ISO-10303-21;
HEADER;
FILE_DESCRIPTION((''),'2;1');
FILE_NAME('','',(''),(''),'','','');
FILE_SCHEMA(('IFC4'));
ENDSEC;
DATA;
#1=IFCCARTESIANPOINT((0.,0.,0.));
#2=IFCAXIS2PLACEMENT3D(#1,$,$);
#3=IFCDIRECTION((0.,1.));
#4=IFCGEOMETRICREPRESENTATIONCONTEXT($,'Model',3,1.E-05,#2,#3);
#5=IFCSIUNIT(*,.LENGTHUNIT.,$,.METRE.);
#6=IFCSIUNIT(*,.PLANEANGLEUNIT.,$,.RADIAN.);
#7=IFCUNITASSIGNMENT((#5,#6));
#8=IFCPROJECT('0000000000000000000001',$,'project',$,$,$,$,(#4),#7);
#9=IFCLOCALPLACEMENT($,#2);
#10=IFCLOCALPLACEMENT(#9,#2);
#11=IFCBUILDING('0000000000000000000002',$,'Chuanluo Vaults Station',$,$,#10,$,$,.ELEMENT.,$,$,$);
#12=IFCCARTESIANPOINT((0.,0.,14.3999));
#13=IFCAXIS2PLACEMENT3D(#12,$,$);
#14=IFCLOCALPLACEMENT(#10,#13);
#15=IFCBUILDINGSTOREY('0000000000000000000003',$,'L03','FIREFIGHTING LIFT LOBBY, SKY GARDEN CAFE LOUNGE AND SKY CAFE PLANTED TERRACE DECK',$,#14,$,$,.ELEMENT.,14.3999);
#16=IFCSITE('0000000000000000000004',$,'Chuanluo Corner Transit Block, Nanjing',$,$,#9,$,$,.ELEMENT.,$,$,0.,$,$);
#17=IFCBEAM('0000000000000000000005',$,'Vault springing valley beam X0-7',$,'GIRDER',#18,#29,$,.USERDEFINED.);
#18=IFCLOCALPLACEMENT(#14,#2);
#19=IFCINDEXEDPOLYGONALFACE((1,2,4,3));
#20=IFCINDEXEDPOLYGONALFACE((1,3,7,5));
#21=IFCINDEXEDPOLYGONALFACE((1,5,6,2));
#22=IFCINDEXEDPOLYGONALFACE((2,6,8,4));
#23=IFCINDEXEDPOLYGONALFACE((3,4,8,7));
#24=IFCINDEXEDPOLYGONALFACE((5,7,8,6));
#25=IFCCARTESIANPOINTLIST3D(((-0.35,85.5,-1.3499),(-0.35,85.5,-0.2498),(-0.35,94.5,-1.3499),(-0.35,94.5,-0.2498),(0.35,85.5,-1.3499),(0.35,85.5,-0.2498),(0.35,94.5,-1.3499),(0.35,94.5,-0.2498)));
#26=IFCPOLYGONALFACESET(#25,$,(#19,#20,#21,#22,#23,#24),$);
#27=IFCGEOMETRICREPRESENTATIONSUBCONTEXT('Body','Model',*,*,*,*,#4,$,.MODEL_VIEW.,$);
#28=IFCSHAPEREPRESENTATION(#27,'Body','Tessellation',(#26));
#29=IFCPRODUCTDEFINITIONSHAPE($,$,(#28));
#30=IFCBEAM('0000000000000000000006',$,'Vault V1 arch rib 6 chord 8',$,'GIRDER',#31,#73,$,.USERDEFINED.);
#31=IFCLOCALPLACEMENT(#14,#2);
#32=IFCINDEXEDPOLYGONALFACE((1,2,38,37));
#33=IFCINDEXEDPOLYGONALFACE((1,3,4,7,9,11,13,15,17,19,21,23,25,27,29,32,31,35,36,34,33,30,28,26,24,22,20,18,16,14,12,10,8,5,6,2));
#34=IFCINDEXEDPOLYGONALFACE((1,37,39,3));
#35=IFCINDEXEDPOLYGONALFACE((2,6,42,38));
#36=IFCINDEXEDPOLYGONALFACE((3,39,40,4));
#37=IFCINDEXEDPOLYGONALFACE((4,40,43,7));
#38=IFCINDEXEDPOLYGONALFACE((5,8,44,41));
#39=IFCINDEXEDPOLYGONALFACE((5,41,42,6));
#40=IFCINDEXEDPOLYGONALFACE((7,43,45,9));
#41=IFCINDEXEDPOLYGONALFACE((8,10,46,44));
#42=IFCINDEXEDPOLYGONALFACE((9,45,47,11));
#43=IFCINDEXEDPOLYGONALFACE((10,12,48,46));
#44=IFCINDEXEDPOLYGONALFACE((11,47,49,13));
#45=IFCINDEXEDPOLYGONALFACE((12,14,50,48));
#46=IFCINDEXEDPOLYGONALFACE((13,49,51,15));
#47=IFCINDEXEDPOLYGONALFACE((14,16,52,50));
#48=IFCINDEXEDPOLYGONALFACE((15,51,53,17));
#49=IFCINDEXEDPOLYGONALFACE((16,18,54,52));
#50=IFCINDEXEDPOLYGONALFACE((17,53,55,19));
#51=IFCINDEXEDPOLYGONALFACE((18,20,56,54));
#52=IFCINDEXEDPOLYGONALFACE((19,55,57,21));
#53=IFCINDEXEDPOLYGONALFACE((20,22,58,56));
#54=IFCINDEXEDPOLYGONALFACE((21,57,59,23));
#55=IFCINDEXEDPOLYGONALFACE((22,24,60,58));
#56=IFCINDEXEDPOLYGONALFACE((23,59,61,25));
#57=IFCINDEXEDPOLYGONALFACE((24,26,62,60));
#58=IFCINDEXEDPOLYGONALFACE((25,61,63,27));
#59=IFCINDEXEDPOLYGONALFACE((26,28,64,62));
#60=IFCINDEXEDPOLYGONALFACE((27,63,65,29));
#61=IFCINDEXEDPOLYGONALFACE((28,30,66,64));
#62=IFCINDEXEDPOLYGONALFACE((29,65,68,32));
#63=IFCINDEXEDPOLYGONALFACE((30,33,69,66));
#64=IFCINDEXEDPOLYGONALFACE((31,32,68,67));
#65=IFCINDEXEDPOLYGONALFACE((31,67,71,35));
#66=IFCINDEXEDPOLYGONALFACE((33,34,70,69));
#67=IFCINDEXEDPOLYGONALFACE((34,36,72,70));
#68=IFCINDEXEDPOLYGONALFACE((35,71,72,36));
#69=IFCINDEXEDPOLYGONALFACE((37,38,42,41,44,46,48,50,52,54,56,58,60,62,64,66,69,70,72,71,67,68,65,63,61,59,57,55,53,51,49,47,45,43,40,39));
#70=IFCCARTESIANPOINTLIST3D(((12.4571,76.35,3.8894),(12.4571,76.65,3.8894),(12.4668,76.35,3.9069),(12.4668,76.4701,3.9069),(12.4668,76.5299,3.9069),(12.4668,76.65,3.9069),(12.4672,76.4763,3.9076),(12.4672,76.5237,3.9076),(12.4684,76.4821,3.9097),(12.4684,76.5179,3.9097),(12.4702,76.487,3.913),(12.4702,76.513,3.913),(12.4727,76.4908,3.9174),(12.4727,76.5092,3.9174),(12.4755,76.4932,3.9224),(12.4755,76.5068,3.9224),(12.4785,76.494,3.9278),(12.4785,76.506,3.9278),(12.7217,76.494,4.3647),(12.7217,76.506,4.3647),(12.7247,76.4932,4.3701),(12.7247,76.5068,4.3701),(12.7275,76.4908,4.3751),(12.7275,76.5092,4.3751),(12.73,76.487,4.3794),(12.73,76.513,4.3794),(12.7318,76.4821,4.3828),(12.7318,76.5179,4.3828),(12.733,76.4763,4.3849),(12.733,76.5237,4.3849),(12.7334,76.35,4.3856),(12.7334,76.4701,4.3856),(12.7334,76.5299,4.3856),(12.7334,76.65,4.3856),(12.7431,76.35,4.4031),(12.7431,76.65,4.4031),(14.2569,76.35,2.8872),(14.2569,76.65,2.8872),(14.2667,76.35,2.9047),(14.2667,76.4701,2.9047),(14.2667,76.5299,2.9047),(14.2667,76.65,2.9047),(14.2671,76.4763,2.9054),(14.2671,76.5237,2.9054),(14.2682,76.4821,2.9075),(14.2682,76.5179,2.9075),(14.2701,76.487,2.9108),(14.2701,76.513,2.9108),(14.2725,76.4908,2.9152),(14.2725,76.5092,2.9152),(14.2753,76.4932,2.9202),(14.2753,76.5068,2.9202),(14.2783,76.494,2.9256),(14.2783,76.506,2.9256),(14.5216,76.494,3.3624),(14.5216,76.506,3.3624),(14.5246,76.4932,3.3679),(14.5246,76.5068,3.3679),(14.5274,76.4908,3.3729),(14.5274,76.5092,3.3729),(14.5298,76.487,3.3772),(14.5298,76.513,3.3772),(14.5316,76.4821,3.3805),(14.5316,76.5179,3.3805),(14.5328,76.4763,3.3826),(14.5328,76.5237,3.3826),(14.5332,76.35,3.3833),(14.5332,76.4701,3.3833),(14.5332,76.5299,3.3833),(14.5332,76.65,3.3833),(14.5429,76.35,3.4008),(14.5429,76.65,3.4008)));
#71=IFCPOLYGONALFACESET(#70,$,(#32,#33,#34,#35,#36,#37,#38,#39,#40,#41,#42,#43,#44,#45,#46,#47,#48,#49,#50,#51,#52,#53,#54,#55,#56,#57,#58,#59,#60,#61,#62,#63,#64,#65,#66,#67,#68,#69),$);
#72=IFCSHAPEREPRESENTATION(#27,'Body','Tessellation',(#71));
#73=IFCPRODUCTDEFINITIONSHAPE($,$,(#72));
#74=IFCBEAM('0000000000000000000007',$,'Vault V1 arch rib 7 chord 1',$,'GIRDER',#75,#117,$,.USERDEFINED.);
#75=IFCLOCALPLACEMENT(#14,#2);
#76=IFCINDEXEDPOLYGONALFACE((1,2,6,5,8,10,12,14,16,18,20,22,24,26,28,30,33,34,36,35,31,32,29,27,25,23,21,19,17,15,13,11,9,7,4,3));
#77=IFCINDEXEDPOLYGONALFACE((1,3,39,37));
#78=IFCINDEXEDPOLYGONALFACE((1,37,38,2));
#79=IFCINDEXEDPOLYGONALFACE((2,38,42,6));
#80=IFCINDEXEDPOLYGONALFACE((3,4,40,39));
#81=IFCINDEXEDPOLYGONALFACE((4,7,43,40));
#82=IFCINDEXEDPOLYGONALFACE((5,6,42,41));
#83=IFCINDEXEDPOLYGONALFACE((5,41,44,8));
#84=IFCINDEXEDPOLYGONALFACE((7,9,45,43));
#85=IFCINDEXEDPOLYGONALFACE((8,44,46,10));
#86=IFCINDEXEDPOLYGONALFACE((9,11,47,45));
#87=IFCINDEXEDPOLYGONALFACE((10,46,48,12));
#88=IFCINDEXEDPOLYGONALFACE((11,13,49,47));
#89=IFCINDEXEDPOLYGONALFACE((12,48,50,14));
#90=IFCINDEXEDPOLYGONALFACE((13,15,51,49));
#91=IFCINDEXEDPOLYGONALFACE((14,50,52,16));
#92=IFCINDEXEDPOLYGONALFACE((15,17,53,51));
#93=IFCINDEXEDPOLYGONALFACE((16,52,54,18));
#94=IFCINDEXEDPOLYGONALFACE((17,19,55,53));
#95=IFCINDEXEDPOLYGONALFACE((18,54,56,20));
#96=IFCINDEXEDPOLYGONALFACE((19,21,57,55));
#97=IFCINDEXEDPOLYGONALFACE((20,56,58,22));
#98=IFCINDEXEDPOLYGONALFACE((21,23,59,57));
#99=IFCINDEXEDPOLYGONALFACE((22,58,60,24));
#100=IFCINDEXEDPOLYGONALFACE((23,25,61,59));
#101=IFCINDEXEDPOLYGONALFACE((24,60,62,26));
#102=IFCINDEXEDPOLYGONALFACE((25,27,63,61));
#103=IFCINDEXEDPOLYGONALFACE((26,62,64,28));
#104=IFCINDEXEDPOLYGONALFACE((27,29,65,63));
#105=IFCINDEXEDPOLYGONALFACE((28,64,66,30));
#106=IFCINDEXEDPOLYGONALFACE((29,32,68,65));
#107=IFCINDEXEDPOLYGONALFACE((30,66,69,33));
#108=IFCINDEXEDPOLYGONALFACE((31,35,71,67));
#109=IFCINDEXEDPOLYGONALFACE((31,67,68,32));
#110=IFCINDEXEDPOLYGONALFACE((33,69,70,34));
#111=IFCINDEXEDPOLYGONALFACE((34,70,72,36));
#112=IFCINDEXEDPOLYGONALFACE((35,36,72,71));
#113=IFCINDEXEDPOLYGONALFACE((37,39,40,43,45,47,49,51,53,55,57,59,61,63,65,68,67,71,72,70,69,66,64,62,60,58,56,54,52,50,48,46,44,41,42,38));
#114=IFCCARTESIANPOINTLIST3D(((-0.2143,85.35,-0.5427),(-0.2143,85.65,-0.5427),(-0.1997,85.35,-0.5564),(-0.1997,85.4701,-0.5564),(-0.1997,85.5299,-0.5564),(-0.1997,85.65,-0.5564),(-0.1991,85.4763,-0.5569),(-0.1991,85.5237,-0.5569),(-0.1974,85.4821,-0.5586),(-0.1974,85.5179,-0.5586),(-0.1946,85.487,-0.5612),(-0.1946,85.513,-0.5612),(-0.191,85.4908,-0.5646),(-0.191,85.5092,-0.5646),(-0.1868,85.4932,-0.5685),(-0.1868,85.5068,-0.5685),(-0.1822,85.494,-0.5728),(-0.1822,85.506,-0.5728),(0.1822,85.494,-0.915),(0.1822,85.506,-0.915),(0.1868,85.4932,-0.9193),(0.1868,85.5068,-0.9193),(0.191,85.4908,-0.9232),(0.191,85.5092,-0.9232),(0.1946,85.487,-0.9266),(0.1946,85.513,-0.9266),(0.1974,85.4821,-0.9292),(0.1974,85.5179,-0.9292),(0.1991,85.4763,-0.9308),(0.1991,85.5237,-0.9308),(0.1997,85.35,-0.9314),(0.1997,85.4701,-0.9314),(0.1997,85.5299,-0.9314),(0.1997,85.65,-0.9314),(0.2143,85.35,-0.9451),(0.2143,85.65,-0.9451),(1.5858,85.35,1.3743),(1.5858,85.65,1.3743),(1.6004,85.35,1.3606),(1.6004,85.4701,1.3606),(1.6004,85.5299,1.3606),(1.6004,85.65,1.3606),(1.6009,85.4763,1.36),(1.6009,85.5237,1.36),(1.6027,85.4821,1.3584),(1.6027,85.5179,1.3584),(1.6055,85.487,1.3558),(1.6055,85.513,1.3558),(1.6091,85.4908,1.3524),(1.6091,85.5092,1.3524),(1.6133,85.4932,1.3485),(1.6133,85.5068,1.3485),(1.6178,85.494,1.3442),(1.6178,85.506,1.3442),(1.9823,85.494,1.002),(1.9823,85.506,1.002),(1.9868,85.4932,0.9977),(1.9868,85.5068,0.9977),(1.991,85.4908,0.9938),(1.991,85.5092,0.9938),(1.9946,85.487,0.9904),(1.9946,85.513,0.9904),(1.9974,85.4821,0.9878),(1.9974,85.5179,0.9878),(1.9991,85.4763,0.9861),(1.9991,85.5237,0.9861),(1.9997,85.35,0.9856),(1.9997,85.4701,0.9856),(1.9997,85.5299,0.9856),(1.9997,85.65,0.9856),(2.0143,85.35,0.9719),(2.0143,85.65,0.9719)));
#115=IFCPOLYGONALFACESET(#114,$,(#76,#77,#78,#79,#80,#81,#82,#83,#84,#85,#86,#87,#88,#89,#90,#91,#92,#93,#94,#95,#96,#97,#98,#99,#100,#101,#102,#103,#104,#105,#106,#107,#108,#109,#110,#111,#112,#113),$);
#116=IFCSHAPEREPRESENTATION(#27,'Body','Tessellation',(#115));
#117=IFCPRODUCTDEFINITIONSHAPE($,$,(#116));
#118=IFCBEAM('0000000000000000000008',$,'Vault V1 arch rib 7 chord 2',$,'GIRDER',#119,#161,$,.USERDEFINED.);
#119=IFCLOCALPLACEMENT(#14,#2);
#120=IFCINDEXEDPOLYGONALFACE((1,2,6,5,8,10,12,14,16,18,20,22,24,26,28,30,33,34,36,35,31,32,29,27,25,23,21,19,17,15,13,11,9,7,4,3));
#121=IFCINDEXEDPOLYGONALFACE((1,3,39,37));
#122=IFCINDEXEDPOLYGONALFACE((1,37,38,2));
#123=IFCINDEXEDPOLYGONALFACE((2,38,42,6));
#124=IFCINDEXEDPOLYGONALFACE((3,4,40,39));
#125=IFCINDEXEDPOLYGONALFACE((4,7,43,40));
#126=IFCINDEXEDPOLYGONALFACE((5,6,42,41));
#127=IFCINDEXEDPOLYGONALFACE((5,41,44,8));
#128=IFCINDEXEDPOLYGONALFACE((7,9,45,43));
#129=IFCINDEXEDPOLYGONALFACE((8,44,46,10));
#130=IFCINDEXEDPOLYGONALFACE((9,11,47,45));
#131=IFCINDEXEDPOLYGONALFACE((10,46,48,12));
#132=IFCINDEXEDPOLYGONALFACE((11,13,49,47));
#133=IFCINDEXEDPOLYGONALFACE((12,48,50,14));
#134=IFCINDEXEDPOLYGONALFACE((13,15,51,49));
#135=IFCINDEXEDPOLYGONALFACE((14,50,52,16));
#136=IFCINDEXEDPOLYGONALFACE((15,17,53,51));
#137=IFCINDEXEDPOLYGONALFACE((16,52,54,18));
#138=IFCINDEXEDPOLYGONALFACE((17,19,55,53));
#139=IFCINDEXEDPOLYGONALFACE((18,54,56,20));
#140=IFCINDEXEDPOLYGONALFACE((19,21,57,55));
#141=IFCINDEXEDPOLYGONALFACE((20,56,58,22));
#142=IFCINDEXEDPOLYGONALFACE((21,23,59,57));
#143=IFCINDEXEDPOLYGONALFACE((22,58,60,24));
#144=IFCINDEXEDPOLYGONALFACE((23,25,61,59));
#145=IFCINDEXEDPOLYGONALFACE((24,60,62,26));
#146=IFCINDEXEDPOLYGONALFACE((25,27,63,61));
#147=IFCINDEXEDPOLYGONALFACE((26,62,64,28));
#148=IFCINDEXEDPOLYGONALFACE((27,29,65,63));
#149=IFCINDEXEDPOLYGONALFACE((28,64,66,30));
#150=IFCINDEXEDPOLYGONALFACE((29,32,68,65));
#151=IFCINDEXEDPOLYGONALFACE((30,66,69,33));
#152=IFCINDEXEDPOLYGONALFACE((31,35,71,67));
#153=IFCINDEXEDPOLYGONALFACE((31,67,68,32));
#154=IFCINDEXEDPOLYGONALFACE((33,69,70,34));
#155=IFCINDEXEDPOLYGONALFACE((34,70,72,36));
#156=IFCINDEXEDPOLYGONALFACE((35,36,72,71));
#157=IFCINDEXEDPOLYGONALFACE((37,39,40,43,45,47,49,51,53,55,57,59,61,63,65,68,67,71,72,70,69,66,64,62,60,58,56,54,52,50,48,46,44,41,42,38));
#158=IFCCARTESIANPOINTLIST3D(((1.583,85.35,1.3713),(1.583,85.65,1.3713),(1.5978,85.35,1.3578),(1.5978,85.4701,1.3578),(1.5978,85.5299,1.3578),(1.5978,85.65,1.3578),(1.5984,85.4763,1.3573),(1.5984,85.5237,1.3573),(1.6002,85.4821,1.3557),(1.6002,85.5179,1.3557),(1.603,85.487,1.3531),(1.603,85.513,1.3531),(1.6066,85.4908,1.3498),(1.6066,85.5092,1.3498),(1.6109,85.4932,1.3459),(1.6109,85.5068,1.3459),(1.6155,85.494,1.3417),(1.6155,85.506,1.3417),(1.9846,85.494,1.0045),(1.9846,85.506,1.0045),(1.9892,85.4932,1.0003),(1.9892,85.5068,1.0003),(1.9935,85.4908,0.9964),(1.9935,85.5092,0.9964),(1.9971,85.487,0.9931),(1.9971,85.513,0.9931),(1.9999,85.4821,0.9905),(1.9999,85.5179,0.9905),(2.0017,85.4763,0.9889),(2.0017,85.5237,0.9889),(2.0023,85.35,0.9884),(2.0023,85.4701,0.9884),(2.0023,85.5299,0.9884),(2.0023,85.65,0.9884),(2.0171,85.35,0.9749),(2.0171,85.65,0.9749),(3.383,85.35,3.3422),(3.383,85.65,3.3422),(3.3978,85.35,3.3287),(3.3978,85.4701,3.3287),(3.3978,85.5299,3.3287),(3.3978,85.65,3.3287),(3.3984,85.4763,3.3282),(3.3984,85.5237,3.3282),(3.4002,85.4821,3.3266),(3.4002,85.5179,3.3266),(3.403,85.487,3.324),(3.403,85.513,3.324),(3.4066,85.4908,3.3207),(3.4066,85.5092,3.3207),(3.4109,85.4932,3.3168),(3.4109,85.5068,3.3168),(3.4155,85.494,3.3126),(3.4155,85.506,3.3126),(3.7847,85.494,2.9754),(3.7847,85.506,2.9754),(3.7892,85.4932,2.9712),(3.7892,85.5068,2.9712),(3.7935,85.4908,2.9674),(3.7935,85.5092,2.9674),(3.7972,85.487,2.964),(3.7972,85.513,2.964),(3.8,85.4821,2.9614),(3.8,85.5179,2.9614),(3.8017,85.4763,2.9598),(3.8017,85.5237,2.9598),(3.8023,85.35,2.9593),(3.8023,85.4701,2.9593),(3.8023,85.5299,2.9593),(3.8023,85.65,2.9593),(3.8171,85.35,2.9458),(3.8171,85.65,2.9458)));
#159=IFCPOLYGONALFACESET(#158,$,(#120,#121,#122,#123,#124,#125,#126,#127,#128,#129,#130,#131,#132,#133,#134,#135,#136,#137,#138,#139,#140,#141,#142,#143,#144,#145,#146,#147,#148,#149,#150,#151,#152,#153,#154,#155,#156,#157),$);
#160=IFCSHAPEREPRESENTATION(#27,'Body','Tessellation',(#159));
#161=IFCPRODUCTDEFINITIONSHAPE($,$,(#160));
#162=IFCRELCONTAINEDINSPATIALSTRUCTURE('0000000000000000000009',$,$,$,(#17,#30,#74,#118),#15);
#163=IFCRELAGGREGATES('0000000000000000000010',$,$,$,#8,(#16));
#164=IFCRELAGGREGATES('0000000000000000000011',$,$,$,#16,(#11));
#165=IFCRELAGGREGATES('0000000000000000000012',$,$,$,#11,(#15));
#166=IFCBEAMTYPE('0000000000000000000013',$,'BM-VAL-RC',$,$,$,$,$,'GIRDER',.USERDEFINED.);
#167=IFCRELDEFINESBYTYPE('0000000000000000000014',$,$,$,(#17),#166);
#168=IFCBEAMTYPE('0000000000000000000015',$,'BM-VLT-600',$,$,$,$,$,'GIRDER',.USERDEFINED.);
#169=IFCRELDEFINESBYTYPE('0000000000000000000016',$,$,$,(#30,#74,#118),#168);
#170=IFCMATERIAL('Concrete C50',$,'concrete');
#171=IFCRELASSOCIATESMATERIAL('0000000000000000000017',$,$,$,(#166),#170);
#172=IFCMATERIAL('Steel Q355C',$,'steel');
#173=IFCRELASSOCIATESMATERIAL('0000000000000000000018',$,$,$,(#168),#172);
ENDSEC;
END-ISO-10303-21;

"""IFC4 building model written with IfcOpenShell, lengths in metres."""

from ifc_helpers import new_model, si_unit, direction, frame, origin, origin_2d, place, context, subcontext, project, spatial, rectangle, i_section, extrude, material, material_profile, profile_set, type_object, element, save


model = new_model("IFC4")

# Units and contexts
model_context = context("Model", 3, precision=1e-05, world=origin(), true_north=direction((0.0, 1.0)))
body_context = subcontext(model_context, "Body", "Model", "MODEL_VIEW")
ifc_project = project(units=[si_unit("LENGTHUNIT", "METRE"), si_unit("PLANEANGLEUNIT", "RADIAN")], contexts=[model_context])

# Site, building, storey
site_placement = place(None, origin())
site = spatial("IfcSite", under=ifc_project, at=site_placement, Name="Chuanluo Corner Transit Block, Nanjing", CompositionType="ELEMENT", RefElevation=0.0)
building_placement = place(site_placement, origin())
building = spatial("IfcBuilding", under=site, at=building_placement, Name="Chuanluo Vaults Station", CompositionType="ELEMENT")
storey_placement = place(building_placement, frame((0.0, 0.0, 14.3999)))
storey = spatial("IfcBuildingStorey", under=building, at=storey_placement, Name="L03", Description="FIREFIGHTING LIFT LOBBY, SKY GARDEN CAFE LOUNGE AND SKY CAFE PLANTED TERRACE DECK", CompositionType="ELEMENT", Elevation=14.3999)

# Beams
ifc_material_1 = material(Name="Concrete C50", Category="concrete")
ifc_material_profile_1 = material_profile(ifc_material_1, rectangle(XDim=0.7, YDim=1.1001, at=origin_2d()))
ifc_profile_set_1 = profile_set([ifc_material_profile_1], Name="Concrete C50")
beam_type_1 = type_object("IfcBeamType", Name="BM-VAL-RC", ElementType="GIRDER", PredefinedType="USERDEFINED", material=ifc_profile_set_1)
beam_1_placement = place(storey_placement, frame((0.0, 85.5, -0.7998), z_axis=(0.0, 1.0, 0.0), x_axis=(-1.0, 0.0, 0.0)))
element("IfcBeam", 1, at=beam_1_placement, inside=storey, type_object=beam_type_1, Name="Vault springing valley beam X0-7", ObjectType="GIRDER", PredefinedType="USERDEFINED", context=body_context, shape_type="SweptSolid", body=[
    extrude(rectangle(XDim=0.7, YDim=1.1001, at=origin_2d()), origin(), (0.0, 0.0, 1.0), 9.0),
])
ifc_material_2 = material(Name="Steel Q355C", Category="steel")
ifc_material_profile_2 = material_profile(ifc_material_2, i_section(OverallWidth=0.3, OverallDepth=0.5879, WebThickness=0.012, FlangeThickness=0.02, FilletRadius=0.0239, at=origin_2d()))
ifc_profile_set_2 = profile_set([ifc_material_profile_2], Name="Steel Q355C")
beam_type_2 = type_object("IfcBeamType", Name="BM-VLT-600", ElementType="GIRDER", PredefinedType="USERDEFINED", material=ifc_profile_set_2)
beam_2_placement = place(storey_placement, frame((12.6001, 76.5, 4.1462), z_axis=(0.873682, 0.0, -0.486498), x_axis=(0.0, 1.0, 0.0)))
element("IfcBeam", 2, at=beam_2_placement, inside=storey, type_object=beam_type_2, Name="Vault V1 arch rib 6 chord 8", ObjectType="GIRDER", PredefinedType="USERDEFINED", context=body_context, shape_type="SweptSolid", body=[
    extrude(i_section(OverallWidth=0.3, OverallDepth=0.5879, WebThickness=0.012, FlangeThickness=0.02, FilletRadius=0.0239, at=origin_2d()), origin(), (0.0, 0.0, 1.0), 2.0601),
])
beam_3_placement = place(storey_placement, frame((0.0, 85.5, -0.7439), z_axis=(0.684522, 0.0, 0.728993), x_axis=(0.0, 1.0, 0.0)))
element("IfcBeam", 3, at=beam_3_placement, inside=storey, type_object=beam_type_2, Name="Vault V1 arch rib 7 chord 1", ObjectType="GIRDER", PredefinedType="USERDEFINED", context=body_context, shape_type="SweptSolid", body=[
    extrude(i_section(OverallWidth=0.3, OverallDepth=0.5879, WebThickness=0.012, FlangeThickness=0.02, FilletRadius=0.0239, at=origin_2d()), origin(), (0.0, 0.0, 1.0), 2.6296),
])
beam_4_placement = place(storey_placement, frame((1.8, 85.5, 1.1731), z_axis=(0.674369, 0.0, 0.738394), x_axis=(0.0, 1.0, 0.0)))
element("IfcBeam", 4, at=beam_4_placement, inside=storey, type_object=beam_type_2, Name="Vault V1 arch rib 7 chord 2", ObjectType="GIRDER", PredefinedType="USERDEFINED", context=body_context, shape_type="SweptSolid", body=[
    extrude(i_section(OverallWidth=0.3, OverallDepth=0.5879, WebThickness=0.012, FlangeThickness=0.02, FilletRadius=0.0239, at=origin_2d()), origin(), (0.0, 0.0, 1.0), 2.6692),
])

save(model, "model.ifc")
